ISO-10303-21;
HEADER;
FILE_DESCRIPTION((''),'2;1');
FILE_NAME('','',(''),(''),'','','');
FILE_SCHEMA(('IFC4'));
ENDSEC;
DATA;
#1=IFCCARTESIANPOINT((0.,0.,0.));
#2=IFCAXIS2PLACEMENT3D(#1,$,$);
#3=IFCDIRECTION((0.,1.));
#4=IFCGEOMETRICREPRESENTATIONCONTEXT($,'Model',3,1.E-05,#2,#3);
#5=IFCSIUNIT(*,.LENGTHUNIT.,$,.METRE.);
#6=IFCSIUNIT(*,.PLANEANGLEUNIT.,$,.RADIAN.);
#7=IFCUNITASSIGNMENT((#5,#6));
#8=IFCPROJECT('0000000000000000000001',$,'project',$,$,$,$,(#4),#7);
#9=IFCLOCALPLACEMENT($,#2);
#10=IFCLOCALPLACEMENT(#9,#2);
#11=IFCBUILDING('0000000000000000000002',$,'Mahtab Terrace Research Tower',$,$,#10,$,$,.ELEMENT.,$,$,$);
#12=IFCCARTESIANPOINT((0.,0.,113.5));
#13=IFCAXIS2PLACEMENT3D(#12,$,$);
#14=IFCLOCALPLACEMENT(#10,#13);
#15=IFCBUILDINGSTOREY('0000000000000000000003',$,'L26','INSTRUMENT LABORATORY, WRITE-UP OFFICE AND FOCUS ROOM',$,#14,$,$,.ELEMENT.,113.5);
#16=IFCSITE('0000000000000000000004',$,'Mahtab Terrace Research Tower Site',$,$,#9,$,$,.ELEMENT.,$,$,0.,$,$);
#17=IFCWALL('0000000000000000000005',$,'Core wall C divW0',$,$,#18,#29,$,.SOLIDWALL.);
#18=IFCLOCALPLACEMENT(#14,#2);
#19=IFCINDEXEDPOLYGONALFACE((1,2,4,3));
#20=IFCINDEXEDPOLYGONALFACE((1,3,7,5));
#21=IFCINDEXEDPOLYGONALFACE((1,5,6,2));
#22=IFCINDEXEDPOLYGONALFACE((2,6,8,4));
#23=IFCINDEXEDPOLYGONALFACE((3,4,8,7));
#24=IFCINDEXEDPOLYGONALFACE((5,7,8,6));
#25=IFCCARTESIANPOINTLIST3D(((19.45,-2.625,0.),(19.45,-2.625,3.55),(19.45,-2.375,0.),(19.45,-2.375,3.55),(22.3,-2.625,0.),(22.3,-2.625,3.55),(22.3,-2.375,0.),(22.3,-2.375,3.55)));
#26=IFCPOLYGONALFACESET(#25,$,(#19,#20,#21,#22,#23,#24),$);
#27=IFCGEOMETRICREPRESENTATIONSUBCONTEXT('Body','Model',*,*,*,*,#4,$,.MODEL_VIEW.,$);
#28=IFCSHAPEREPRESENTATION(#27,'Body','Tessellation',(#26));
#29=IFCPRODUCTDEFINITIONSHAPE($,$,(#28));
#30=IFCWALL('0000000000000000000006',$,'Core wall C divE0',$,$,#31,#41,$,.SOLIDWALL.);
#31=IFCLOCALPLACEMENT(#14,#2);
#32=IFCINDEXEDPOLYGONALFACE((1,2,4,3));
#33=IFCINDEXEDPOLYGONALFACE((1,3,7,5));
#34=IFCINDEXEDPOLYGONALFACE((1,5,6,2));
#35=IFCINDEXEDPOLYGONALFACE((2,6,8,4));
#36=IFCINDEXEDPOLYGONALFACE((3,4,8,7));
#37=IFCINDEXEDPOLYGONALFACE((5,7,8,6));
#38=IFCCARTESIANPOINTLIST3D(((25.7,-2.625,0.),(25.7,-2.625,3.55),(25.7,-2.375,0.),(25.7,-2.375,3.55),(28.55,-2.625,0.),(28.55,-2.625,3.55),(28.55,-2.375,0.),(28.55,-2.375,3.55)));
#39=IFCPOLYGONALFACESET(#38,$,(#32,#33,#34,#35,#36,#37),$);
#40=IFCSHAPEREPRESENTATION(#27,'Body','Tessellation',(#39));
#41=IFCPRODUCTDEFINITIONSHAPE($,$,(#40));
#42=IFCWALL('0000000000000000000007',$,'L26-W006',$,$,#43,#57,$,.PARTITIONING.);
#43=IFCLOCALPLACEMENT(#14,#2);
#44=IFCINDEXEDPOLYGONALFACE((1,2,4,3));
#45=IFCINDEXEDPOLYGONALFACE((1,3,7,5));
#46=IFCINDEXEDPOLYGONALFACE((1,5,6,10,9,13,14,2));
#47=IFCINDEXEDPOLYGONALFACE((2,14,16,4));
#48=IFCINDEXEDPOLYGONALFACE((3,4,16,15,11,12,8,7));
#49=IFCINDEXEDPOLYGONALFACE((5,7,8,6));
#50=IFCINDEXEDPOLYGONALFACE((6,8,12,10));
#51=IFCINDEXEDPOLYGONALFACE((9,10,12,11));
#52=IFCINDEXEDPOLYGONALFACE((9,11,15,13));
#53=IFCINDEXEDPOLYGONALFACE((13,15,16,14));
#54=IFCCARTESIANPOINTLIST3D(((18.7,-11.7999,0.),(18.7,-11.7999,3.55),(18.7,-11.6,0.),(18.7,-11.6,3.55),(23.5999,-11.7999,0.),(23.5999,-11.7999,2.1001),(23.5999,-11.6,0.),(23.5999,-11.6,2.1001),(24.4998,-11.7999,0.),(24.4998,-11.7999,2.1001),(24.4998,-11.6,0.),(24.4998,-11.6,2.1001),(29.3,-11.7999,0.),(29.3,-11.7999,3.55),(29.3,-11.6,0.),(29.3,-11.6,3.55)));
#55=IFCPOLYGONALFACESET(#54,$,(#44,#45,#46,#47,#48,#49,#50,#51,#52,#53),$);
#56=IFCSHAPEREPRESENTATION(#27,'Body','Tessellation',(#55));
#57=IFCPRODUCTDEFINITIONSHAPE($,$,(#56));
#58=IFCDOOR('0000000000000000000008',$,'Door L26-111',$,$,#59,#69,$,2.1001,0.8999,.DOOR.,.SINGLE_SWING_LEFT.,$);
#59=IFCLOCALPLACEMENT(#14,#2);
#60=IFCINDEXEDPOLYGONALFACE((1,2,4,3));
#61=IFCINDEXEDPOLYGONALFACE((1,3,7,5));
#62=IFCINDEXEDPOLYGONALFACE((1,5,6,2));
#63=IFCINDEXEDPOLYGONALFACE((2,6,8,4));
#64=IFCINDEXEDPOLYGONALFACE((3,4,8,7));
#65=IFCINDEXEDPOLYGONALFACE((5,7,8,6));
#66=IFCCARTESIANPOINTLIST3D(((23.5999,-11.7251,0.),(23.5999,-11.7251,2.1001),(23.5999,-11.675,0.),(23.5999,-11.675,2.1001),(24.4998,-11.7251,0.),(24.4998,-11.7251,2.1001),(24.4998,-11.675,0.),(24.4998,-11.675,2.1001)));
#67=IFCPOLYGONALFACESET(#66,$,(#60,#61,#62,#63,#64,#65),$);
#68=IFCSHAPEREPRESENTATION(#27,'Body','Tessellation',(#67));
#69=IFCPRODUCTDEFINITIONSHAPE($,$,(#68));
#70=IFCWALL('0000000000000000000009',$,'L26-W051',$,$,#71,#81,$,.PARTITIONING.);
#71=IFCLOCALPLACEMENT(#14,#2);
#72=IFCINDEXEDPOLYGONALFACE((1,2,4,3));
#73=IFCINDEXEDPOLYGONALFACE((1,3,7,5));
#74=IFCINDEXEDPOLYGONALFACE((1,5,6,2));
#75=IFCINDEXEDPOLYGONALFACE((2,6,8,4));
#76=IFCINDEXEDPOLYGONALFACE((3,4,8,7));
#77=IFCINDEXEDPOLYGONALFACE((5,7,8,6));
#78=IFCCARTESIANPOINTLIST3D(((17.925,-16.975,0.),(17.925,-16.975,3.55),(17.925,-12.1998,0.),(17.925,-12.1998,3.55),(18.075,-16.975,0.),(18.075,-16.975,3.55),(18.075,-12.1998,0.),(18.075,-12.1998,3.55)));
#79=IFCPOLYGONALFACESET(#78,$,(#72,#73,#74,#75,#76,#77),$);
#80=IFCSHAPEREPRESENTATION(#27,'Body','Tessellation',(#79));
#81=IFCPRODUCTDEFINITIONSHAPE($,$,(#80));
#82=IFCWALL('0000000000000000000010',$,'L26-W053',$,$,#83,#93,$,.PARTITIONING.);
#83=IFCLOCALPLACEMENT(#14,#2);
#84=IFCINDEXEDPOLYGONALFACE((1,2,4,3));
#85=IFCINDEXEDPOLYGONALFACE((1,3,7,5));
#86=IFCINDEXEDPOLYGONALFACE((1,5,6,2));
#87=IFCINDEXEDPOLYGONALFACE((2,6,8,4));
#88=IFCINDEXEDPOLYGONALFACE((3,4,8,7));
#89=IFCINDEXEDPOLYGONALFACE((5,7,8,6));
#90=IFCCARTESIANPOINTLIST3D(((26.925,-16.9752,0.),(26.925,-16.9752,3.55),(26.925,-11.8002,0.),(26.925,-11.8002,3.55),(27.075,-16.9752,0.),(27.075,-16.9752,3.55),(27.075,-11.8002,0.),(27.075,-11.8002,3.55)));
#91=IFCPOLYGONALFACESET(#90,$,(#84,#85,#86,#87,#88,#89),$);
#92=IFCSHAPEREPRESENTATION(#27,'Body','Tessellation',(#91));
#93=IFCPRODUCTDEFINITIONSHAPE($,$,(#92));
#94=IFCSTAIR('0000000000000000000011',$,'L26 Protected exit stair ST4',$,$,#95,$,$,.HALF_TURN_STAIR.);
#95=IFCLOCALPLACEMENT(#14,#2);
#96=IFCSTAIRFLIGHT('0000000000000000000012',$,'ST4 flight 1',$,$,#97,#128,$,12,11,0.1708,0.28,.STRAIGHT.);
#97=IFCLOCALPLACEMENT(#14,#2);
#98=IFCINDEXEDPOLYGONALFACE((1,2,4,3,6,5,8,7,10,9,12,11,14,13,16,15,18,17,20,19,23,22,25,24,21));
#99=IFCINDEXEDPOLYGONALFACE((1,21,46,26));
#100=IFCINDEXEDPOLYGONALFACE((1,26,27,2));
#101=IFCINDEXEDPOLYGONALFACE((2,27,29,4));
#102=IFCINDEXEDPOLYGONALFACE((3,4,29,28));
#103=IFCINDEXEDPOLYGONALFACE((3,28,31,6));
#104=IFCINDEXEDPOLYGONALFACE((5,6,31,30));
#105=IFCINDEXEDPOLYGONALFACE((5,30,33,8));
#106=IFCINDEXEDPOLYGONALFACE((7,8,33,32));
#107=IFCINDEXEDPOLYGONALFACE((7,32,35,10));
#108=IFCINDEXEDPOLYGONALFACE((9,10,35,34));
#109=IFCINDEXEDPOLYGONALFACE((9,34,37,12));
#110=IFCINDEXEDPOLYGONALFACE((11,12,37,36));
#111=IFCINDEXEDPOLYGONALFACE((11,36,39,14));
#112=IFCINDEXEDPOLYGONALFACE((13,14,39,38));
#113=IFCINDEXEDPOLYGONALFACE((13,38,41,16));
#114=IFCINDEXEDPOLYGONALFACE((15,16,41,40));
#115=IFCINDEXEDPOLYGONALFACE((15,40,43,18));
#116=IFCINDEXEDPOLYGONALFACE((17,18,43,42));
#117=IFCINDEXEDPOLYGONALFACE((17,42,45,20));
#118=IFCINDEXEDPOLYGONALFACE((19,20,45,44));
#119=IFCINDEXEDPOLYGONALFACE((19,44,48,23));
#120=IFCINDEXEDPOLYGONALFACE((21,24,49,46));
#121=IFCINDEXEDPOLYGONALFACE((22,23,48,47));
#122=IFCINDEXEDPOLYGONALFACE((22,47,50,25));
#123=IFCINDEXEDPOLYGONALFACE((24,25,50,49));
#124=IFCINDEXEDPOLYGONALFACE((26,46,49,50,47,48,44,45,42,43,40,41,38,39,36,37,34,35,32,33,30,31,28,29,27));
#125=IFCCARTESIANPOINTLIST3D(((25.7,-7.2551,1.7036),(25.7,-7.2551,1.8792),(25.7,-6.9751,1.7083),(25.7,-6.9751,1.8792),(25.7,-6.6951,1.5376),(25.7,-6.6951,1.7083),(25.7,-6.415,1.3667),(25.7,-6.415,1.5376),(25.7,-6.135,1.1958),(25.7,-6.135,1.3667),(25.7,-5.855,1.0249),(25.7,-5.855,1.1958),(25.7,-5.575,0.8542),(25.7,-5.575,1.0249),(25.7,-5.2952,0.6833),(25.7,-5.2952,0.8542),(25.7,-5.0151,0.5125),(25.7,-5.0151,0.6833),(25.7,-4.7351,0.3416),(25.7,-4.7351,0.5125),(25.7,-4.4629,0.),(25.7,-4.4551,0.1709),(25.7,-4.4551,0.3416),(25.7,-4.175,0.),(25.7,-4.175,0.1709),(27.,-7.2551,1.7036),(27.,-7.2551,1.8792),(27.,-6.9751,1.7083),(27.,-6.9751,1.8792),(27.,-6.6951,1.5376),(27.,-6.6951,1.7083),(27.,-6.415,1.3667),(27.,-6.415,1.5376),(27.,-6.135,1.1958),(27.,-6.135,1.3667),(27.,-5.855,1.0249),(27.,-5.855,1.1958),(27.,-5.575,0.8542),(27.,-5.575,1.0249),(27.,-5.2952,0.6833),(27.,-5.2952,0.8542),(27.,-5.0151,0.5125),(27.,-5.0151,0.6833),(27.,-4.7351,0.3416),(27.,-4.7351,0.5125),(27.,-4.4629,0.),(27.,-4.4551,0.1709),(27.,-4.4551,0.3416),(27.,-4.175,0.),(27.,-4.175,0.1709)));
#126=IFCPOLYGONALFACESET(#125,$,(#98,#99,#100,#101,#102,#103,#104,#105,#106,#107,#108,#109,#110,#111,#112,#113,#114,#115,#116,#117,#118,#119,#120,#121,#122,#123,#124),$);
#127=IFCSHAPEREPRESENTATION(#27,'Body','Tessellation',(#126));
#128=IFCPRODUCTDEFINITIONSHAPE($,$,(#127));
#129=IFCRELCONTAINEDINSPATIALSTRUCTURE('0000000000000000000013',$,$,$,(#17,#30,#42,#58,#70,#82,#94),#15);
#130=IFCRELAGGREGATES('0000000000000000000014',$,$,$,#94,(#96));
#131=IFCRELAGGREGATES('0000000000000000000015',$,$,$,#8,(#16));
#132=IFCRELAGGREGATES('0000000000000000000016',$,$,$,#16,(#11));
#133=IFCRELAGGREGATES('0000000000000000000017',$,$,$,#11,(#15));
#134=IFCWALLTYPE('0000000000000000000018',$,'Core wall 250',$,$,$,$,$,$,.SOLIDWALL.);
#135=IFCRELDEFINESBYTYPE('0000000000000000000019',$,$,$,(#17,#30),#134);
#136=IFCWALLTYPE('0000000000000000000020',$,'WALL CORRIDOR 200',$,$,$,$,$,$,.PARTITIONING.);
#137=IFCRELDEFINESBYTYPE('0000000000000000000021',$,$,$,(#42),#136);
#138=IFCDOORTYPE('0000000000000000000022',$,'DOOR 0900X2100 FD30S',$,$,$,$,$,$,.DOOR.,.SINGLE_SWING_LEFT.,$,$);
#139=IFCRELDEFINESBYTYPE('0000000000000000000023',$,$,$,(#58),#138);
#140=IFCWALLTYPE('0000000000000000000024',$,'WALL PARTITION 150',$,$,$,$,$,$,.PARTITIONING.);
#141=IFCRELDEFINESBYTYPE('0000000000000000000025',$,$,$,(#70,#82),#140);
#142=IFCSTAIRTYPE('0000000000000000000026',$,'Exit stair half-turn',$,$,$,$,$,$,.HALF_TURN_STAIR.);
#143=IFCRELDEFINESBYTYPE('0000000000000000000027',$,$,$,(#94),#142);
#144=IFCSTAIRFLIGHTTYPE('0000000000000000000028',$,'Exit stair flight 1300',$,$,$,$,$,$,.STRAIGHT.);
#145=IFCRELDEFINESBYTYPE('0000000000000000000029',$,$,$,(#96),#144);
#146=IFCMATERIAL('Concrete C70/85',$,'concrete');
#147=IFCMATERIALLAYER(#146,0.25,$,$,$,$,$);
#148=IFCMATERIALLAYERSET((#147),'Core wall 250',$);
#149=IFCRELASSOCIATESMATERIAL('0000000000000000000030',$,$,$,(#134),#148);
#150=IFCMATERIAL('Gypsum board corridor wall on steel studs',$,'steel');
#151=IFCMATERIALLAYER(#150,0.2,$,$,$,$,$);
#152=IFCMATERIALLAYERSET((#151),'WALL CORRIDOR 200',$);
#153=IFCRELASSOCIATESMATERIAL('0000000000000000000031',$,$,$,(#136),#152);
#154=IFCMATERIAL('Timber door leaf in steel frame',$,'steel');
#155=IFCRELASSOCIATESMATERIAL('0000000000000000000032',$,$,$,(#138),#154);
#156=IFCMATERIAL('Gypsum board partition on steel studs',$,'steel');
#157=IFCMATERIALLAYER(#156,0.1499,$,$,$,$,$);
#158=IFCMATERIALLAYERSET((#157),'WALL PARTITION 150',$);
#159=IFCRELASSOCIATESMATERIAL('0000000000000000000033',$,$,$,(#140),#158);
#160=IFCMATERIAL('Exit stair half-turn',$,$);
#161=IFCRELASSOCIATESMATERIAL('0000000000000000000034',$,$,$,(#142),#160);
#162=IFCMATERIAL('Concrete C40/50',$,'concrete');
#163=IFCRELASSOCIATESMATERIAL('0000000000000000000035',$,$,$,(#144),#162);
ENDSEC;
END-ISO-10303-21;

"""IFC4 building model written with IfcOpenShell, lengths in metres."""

from ifc_helpers import new_model, si_unit, direction, frame, frame_2d, origin, place, context, subcontext, project, spatial, polyline, rectangle, outline, extrude, material, layer, layer_set, type_object, element, fill, aggregate, save


model = new_model("IFC4")

# Units and contexts
model_context = context("Model", 3, precision=1e-05, world=origin(), true_north=direction((0.0, 1.0)))
body_context = subcontext(model_context, "Body", "Model", "MODEL_VIEW")
ifc_project = project(units=[si_unit("LENGTHUNIT", "METRE"), si_unit("PLANEANGLEUNIT", "RADIAN")], contexts=[model_context])

# Site, building, storey
site_placement = place(None, origin())
site = spatial("IfcSite", under=ifc_project, at=site_placement, Name="Mahtab Terrace Research Tower Site", CompositionType="ELEMENT", RefElevation=0.0)
building_placement = place(site_placement, origin())
building = spatial("IfcBuilding", under=site, at=building_placement, Name="Mahtab Terrace Research Tower", CompositionType="ELEMENT")
storey_placement = place(building_placement, frame((0.0, 0.0, 113.5)))
storey = spatial("IfcBuildingStorey", under=building, at=storey_placement, Name="L26", Description="INSTRUMENT LABORATORY, WRITE-UP OFFICE AND FOCUS ROOM", CompositionType="ELEMENT", Elevation=113.5)

# Shared definitions
ifc_material_1 = material(Name="Concrete C70/85", Category="concrete")

# Shared definitions
ifc_layer_1 = layer(ifc_material_1, 0.25)
ifc_layer_set_1 = layer_set([ifc_layer_1], Name="Core wall 250")
wall_type_1 = type_object("IfcWallType", Name="Core wall 250", PredefinedType="SOLIDWALL", material=ifc_layer_set_1)

# Walls
for number, where, z_axis, x_axis, name in (
    (1, (19.45, -2.5, 0.0), (0.0, 0.0, 1.0), (1.0, 0.0, 0.0), "Core wall C divW0"),
    (2, (25.7, -2.5, 0.0), (0.0, 0.0, 1.0), (1.0, 0.0, 0.0), "Core wall C divE0"),
):
    element("IfcWall", number, at=place(storey_placement, frame(where, z_axis=z_axis, x_axis=x_axis)), inside=storey, type_object=wall_type_1, Name=name, PredefinedType="SOLIDWALL", context=body_context, shape_type="SweptSolid", body=[
        extrude(rectangle(XDim=2.8501, YDim=0.25, at=frame_2d((1.425, 0.0))), origin(), (0.0, 0.0, 1.0), 3.55),
    ])

# Wall, opening, door
ifc_material_2 = material(Name="Gypsum board corridor wall on steel studs", Category="steel")
ifc_layer_2 = layer(ifc_material_2, 0.2)
ifc_layer_set_2 = layer_set([ifc_layer_2], Name="WALL CORRIDOR 200")
wall_type_2 = type_object("IfcWallType", Name="WALL CORRIDOR 200", PredefinedType="PARTITIONING", material=ifc_layer_set_2)
wall_1_placement = place(storey_placement, frame((18.7, -11.7, 0.0), z_axis=(0.0, 0.0, 1.0), x_axis=(1.0, 0.0, 0.0)))
wall_1 = element("IfcWall", 3, at=wall_1_placement, inside=storey, type_object=wall_type_2, Name="L26-W006", PredefinedType="PARTITIONING", context=body_context, shape_type="SweptSolid", body=[
    extrude(rectangle(XDim=10.6001, YDim=0.2, at=frame_2d((5.3, 0.0))), origin(), (0.0, 0.0, 1.0), 3.55),
])
opening_1_placement = place(wall_1_placement, frame((4.8999, 0.0, 0.0)))
opening_1 = element("IfcOpeningElement", 4, at=opening_1_placement, cuts=wall_1, PredefinedType="OPENING", context=body_context, shape_type="SweptSolid", body=[
    extrude(rectangle(XDim=0.8999, YDim=2.1001, at=frame_2d((0.45, 1.05))), frame((0.0, 0.1099, 0.0), z_axis=(0.0, -1.0, 0.0), x_axis=(1.0, 0.0, 0.0)), (0.0, 0.0, 1.0), 0.22),
])
ifc_material_3 = material(Name="Timber door leaf in steel frame", Category="steel")
door_type_1 = type_object("IfcDoorType", Name="DOOR 0900X2100 FD30S", OperationType="SINGLE_SWING_LEFT", PredefinedType="DOOR", material=ifc_material_3)
door_1_placement = place(opening_1_placement, origin())
door_1 = element("IfcDoor", 5, at=door_1_placement, inside=storey, type_object=door_type_1, Name="Door L26-111", OperationType="SINGLE_SWING_LEFT", OverallHeight=2.1001, OverallWidth=0.8999, PredefinedType="DOOR", context=body_context, shape_type="SweptSolid", body=[
    extrude(rectangle(XDim=0.8999, YDim=2.1001, at=frame_2d((0.45, 1.05))), frame((0.0, 0.0249, 0.0), z_axis=(0.0, -1.0, 0.0), x_axis=(1.0, 0.0, 0.0)), (0.0, 0.0, 1.0), 0.05),
])
fill(opening_1, door_1)

# Walls
ifc_material_4 = material(Name="Gypsum board partition on steel studs", Category="steel")
ifc_layer_3 = layer(ifc_material_4, 0.1499)
ifc_layer_set_3 = layer_set([ifc_layer_3], Name="WALL PARTITION 150")
wall_type_3 = type_object("IfcWallType", Name="WALL PARTITION 150", PredefinedType="PARTITIONING", material=ifc_layer_set_3)
wall_2_placement = place(storey_placement, frame((18.0, -16.9751, 0.0), z_axis=(0.0, 0.0, 1.0), x_axis=(0.0, 1.0, 0.0)))
element("IfcWall", 6, at=wall_2_placement, inside=storey, type_object=wall_type_3, Name="L26-W051", PredefinedType="PARTITIONING", context=body_context, shape_type="SweptSolid", body=[
    extrude(rectangle(XDim=4.7751, YDim=0.1499, at=frame_2d((2.3877, 0.0))), origin(), (0.0, 0.0, 1.0), 3.55),
])
wall_3_placement = place(storey_placement, frame((27.0, -16.9751, 0.0), z_axis=(0.0, 0.0, 1.0), x_axis=(0.0, 1.0, 0.0)))
element("IfcWall", 7, at=wall_3_placement, inside=storey, type_object=wall_type_3, Name="L26-W053", PredefinedType="PARTITIONING", context=body_context, shape_type="SweptSolid", body=[
    extrude(rectangle(XDim=5.175, YDim=0.1499, at=frame_2d((2.5874, 0.0))), origin(), (0.0, 0.0, 1.0), 3.55),
])

# Stair, stair flight
ifc_material_5 = material(Name="Exit stair half-turn")
stair_type = type_object("IfcStairType", Name="Exit stair half-turn", PredefinedType="HALF_TURN_STAIR", material=ifc_material_5)
stair_placement = place(storey_placement, origin())
stair = element("IfcStair", 8, at=stair_placement, inside=storey, type_object=stair_type, Name="L26 Protected exit stair ST4", PredefinedType="HALF_TURN_STAIR")
ifc_material_6 = material(Name="Concrete C40/50", Category="concrete")
stair_flight_type = type_object("IfcStairFlightType", Name="Exit stair flight 1300", PredefinedType="STRAIGHT", material=ifc_material_6)
stair_flight_placement = place(storey_placement, frame((26.3501, -4.175, 0.0), z_axis=(0.0, 0.0, 1.0), x_axis=(0.0, -1.0, 0.0)))
stair_flight = element("IfcStairFlight", 9, at=stair_flight_placement, type_object=stair_flight_type, Name="ST4 flight 1", NumberOfRisers=12, NumberOfTreads=11, PredefinedType="STRAIGHT", RiserHeight=0.1708, TreadLength=0.28, context=body_context, shape_type="SweptSolid", body=[
    extrude(outline(polyline([(0.0, 0.0), (0.0, 0.1709), (0.28, 0.1709), (0.28, 0.3416), (0.5601, 0.3416), (0.5601, 0.5125), (0.8401, 0.5125), (0.8401, 0.6833), (1.1201, 0.6833), (1.1201, 0.8542), (1.3999, 0.8542), (1.3999, 1.0249), (1.6799, 1.0249), (1.6799, 1.1958), (1.96, 1.1958), (1.96, 1.3667), (2.24, 1.3667), (2.24, 1.5376), (2.52, 1.5376), (2.52, 1.7083), (2.8, 1.7083), (2.8, 1.8792), (3.0801, 1.8792), (3.0801, 2.05), (3.0801, 1.7036), (0.2878, 0.0), (0.0, 0.0)])), frame((0.0, 0.6499, 0.0), z_axis=(0.0, -1.0, 0.0), x_axis=(1.0, 0.0, 0.0)), (0.0, 0.0, 1.0), 1.3),
])
aggregate(stair, [stair_flight])

save(model, "model.ifc")
